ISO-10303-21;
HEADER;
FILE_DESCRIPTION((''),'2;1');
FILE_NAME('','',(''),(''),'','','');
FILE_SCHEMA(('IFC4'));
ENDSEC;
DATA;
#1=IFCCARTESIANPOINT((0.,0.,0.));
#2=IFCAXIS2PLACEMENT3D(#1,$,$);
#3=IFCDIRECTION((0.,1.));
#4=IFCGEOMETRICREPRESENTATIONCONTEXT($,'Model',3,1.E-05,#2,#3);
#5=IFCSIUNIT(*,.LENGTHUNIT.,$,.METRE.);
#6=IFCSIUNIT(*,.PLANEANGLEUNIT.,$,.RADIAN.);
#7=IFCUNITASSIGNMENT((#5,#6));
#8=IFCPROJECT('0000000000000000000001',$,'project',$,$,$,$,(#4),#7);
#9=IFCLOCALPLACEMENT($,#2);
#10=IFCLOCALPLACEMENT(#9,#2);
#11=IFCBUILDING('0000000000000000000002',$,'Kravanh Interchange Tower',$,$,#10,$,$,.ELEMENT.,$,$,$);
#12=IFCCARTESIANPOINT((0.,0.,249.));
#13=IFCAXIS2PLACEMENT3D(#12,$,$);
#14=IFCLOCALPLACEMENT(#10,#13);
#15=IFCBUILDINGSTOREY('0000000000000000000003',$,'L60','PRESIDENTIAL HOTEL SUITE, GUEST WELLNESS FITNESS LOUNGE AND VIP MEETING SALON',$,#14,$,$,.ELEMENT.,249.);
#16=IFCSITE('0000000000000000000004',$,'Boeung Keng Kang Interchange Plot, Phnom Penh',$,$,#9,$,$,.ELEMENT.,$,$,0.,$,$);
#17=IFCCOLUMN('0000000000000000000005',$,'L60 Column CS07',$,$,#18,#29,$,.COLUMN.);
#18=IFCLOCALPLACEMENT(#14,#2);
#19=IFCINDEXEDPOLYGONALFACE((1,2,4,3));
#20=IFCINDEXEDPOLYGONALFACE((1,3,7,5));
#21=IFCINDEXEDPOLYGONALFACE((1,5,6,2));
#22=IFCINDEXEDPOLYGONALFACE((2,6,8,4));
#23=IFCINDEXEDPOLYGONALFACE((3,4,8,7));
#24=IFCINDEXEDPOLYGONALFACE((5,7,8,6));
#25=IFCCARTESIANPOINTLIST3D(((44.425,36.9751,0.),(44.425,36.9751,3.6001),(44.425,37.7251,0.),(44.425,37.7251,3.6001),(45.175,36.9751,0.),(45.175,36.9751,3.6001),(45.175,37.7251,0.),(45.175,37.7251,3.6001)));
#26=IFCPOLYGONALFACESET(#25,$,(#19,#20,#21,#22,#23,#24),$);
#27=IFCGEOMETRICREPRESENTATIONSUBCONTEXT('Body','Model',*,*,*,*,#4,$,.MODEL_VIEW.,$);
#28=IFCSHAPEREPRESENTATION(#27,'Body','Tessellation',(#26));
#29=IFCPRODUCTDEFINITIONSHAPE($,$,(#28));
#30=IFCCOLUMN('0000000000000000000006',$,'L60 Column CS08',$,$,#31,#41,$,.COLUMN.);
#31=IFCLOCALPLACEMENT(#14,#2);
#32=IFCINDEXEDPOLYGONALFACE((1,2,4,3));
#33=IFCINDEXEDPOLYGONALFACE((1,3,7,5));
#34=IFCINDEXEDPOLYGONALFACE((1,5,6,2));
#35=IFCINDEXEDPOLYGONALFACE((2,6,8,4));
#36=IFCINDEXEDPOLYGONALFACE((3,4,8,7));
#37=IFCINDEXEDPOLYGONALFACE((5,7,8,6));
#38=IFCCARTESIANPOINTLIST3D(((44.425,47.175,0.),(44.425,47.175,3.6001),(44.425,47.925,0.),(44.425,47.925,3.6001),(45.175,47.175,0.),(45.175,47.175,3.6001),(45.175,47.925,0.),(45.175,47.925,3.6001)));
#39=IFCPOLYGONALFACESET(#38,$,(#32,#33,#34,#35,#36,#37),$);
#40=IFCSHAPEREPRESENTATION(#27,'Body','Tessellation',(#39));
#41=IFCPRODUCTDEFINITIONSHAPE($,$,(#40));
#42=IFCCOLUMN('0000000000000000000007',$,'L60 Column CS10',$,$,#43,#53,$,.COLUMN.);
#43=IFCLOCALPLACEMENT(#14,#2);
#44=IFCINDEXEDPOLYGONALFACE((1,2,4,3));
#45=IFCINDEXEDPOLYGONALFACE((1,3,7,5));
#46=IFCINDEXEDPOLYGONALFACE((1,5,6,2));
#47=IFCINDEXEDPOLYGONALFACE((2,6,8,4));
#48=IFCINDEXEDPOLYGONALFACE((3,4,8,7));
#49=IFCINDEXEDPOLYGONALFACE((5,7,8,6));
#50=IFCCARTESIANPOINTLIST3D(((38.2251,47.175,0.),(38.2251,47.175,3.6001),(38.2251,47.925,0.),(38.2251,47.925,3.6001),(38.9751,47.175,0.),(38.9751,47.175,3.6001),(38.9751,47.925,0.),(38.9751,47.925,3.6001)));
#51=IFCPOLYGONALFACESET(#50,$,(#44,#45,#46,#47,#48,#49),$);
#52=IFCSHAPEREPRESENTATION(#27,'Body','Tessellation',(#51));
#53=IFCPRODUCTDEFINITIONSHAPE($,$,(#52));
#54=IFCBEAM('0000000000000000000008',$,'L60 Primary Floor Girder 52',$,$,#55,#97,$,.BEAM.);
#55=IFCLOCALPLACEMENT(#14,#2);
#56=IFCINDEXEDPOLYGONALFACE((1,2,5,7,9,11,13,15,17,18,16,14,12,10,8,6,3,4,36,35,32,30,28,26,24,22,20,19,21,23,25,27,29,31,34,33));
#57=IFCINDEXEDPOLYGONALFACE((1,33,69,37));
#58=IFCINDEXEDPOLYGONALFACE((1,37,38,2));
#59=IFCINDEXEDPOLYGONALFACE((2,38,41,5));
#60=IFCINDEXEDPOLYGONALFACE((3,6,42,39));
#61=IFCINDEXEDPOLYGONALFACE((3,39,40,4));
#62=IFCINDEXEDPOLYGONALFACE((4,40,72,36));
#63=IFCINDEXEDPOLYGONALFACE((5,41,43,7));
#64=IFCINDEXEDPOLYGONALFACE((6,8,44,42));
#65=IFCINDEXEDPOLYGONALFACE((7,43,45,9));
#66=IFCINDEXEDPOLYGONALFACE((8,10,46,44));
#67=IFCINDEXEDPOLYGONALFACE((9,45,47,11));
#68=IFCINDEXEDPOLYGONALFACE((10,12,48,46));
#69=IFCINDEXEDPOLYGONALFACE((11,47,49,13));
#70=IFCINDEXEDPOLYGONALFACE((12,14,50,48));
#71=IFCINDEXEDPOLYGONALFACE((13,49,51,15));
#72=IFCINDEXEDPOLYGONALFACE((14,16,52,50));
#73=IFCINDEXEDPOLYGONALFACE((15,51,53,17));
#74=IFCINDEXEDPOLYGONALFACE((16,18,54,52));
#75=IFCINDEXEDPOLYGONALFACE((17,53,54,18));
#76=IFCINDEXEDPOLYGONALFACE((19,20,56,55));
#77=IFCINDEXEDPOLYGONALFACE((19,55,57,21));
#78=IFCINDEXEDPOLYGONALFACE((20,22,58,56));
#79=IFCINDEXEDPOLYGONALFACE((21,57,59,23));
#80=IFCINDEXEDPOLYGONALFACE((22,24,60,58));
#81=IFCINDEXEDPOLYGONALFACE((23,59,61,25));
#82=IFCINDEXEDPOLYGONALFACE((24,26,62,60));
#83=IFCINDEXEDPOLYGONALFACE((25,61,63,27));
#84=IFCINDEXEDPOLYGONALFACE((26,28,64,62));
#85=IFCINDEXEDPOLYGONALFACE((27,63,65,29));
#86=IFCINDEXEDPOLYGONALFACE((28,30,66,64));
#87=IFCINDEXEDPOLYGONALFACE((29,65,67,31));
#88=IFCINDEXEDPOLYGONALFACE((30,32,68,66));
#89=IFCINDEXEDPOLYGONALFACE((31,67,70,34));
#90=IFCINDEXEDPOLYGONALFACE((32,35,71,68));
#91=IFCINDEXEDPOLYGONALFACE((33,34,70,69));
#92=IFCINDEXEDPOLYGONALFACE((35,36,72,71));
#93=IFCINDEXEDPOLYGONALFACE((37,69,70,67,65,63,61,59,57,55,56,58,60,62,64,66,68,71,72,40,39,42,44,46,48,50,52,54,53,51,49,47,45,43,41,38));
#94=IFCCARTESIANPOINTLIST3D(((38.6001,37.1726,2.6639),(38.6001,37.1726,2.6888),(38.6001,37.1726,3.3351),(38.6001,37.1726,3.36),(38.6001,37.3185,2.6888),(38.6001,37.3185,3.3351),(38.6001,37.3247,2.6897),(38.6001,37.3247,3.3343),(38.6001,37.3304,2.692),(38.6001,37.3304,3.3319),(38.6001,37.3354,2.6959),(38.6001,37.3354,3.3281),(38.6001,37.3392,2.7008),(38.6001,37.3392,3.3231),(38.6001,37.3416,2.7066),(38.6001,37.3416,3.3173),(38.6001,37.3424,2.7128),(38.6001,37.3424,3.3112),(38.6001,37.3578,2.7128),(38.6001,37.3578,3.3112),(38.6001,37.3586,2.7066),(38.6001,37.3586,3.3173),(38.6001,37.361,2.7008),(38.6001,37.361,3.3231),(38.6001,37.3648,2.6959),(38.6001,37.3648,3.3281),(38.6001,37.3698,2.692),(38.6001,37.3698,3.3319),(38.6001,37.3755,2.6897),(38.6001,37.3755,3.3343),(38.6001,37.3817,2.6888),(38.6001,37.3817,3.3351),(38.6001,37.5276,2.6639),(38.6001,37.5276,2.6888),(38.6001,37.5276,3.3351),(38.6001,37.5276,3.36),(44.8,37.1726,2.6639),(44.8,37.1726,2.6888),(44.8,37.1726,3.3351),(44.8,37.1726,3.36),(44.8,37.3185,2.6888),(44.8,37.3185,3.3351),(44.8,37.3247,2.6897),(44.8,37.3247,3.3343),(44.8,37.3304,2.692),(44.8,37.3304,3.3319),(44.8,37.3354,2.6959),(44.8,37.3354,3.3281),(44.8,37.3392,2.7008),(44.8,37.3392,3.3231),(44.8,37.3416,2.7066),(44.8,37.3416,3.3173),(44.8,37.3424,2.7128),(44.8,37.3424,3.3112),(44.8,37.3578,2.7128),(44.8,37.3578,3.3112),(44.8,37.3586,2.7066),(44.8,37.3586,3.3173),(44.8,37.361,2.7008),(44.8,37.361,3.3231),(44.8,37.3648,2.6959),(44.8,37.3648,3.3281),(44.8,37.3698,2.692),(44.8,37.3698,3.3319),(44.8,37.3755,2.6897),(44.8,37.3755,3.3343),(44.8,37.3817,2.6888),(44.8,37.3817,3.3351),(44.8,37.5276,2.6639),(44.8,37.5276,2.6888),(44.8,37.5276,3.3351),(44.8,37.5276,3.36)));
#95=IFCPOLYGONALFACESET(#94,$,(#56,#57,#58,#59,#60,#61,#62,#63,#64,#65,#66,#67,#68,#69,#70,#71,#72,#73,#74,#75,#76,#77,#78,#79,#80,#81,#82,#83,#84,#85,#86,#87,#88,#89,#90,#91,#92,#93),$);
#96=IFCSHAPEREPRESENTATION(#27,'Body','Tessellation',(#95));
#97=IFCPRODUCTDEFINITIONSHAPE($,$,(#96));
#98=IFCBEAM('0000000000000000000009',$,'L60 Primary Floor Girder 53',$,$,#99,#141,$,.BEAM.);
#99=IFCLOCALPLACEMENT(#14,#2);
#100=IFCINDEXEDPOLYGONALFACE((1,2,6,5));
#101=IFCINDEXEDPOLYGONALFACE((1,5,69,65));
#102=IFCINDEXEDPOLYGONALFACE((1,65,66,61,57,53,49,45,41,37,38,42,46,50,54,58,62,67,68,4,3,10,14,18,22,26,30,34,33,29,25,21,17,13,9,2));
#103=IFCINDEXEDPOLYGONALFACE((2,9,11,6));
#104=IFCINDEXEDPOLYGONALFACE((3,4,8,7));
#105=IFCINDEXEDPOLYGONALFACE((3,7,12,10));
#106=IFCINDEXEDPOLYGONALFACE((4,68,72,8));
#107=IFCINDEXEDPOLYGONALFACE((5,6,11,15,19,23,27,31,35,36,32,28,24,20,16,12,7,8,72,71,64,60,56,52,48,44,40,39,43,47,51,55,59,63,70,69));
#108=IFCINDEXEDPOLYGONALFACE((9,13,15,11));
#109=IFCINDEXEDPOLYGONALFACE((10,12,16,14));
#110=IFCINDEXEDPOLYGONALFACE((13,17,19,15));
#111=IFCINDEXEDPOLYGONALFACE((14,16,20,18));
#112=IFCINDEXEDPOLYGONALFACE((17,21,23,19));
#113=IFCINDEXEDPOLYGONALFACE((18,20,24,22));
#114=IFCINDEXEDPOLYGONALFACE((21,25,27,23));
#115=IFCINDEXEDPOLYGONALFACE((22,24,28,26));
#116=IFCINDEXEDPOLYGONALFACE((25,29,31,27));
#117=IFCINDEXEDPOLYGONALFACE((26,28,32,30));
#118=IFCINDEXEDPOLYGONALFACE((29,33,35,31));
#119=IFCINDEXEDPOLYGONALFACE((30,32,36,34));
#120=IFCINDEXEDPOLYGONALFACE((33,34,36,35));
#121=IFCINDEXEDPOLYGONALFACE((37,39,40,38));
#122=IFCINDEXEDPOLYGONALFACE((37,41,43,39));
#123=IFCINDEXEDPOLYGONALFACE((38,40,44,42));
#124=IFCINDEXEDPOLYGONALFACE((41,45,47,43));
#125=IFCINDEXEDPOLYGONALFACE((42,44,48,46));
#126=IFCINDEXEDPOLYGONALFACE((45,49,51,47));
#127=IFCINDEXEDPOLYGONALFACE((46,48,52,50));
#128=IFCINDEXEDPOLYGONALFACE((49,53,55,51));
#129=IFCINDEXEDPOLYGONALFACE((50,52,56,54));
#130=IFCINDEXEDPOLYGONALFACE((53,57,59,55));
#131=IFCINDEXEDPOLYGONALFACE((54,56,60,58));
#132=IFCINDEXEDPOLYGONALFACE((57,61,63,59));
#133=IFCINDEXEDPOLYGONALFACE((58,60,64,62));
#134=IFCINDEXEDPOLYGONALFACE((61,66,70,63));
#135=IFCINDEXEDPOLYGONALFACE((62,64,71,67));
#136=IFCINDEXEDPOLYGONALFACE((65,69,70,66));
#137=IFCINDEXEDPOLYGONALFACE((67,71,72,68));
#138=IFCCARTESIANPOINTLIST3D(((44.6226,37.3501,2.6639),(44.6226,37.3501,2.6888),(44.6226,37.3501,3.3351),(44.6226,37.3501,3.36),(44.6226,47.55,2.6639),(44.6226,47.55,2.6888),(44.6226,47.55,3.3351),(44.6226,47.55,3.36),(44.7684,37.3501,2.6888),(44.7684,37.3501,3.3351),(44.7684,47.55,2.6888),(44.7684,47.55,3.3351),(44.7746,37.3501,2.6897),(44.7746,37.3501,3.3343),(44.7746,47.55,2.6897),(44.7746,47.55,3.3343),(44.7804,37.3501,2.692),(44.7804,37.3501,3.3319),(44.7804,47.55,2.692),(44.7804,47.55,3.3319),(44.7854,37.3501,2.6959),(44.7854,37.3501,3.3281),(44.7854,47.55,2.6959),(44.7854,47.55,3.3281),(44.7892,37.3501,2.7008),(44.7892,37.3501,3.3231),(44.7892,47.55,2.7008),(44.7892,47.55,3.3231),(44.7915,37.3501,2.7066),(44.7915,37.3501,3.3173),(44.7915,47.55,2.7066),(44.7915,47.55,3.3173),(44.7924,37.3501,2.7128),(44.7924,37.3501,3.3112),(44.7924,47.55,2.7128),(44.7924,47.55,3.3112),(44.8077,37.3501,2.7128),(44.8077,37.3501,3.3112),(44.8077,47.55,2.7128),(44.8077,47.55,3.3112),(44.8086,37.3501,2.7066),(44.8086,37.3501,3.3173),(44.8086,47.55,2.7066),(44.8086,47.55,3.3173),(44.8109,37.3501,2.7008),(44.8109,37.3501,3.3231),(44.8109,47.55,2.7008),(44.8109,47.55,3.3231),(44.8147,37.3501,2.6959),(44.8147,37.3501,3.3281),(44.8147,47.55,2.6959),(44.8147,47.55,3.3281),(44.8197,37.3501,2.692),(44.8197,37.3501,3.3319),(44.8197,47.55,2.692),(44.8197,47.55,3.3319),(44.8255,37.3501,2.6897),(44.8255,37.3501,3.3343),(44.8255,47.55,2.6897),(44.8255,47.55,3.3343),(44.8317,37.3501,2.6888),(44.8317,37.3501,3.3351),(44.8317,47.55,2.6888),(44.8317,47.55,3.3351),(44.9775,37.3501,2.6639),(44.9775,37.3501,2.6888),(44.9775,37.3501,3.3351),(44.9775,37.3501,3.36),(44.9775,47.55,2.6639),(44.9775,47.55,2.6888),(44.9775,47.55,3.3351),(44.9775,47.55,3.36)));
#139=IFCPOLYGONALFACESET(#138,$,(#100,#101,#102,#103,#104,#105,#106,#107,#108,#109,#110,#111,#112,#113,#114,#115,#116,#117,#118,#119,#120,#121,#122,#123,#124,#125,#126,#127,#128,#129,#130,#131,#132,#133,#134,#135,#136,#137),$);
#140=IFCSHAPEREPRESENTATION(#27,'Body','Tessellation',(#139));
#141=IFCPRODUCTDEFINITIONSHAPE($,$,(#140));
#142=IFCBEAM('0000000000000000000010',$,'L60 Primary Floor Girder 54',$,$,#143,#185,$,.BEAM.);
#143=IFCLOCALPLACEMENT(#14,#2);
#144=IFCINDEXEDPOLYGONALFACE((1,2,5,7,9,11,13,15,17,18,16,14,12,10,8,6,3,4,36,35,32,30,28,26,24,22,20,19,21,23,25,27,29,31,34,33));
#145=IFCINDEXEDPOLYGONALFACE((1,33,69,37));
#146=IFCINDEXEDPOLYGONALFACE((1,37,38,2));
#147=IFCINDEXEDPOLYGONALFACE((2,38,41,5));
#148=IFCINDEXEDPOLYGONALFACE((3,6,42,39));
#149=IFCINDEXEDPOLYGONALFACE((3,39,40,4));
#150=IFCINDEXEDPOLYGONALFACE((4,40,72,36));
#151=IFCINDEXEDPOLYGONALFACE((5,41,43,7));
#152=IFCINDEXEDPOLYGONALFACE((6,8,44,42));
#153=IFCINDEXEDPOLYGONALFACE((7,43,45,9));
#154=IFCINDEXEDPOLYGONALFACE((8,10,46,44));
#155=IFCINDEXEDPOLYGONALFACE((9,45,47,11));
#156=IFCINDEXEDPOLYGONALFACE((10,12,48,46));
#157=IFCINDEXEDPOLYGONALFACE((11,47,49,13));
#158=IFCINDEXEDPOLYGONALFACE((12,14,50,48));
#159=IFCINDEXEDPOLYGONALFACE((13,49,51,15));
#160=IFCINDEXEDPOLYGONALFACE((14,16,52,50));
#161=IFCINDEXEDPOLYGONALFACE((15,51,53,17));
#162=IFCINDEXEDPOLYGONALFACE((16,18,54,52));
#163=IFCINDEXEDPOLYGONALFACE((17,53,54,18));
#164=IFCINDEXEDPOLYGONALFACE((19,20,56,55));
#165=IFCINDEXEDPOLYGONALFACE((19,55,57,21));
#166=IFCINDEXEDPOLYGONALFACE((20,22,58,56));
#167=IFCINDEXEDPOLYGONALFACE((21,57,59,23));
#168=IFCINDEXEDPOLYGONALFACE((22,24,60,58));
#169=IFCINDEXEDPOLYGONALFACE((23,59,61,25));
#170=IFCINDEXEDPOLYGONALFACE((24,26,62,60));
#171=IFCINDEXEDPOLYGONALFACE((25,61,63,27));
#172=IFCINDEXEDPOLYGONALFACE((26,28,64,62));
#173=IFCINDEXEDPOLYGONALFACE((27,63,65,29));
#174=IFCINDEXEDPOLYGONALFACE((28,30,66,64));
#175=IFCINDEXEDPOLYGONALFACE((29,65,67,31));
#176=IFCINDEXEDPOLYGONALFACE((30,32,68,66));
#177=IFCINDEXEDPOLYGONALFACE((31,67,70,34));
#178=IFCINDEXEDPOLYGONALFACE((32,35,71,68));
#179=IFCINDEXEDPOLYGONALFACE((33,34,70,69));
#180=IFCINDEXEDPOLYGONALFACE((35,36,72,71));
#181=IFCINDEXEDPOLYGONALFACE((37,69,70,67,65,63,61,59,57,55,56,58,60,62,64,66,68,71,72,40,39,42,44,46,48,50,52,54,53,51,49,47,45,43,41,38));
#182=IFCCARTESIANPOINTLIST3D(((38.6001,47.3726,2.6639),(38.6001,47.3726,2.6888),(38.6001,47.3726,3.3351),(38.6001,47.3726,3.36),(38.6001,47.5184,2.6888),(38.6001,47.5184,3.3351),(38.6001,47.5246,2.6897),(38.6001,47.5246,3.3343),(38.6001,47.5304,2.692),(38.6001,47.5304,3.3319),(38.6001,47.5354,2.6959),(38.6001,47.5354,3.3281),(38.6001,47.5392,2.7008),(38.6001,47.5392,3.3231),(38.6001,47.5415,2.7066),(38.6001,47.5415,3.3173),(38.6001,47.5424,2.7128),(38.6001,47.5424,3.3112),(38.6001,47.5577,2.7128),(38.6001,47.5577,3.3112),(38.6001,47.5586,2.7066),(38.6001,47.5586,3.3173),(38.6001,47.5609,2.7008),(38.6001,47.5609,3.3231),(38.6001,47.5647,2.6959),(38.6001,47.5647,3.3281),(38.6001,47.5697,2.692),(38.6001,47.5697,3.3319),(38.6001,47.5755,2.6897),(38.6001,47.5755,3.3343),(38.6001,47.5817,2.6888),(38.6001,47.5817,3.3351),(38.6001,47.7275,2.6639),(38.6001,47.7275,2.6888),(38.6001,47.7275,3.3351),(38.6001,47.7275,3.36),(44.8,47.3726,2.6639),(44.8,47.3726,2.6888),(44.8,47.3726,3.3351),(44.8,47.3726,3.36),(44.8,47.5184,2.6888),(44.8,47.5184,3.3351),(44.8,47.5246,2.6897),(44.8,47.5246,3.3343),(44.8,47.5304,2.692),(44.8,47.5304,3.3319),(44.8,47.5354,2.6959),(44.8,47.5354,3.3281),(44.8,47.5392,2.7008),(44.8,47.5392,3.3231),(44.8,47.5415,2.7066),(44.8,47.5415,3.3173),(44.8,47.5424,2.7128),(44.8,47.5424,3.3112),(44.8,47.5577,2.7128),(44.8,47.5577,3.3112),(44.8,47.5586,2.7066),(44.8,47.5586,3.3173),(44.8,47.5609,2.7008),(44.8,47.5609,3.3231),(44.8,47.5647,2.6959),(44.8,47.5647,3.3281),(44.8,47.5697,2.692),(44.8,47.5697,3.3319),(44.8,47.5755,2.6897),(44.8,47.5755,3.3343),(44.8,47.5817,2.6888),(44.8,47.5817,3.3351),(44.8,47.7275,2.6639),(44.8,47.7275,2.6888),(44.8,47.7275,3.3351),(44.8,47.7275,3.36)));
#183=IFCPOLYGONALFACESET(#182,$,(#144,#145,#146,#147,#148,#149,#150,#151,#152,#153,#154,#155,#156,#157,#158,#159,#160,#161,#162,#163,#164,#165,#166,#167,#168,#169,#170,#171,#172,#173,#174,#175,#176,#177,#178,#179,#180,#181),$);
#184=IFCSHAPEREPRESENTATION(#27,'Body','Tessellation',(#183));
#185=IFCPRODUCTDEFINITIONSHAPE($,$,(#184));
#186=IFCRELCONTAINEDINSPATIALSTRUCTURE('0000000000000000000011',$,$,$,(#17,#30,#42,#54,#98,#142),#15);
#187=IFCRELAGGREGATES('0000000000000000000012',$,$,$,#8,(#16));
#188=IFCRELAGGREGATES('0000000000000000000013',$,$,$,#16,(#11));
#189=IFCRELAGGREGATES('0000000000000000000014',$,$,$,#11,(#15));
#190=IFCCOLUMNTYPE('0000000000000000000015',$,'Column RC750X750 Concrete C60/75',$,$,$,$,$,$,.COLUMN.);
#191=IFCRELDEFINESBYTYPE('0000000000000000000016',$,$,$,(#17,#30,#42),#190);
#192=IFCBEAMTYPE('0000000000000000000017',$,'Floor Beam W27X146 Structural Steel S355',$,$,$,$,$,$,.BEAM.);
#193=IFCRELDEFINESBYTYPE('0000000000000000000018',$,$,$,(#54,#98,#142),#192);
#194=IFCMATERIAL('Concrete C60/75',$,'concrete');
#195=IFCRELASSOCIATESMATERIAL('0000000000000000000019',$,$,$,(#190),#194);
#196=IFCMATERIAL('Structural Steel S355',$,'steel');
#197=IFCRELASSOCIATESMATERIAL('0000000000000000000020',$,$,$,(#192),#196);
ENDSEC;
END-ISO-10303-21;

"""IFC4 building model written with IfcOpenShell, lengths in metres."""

from ifc_helpers import new_model, si_unit, direction, frame, origin, origin_2d, place, context, subcontext, project, spatial, rectangle, i_section, extrude, material, material_profile, profile_set, type_object, element, save


model = new_model("IFC4")

# Units and contexts
model_context = context("Model", 3, precision=1e-05, world=origin(), true_north=direction((0.0, 1.0)))
body_context = subcontext(model_context, "Body", "Model", "MODEL_VIEW")
ifc_project = project(units=[si_unit("LENGTHUNIT", "METRE"), si_unit("PLANEANGLEUNIT", "RADIAN")], contexts=[model_context])

# Site, building, storey
site_placement = place(None, origin())
site = spatial("IfcSite", under=ifc_project, at=site_placement, Name="Boeung Keng Kang Interchange Plot, Phnom Penh", CompositionType="ELEMENT", RefElevation=0.0)
building_placement = place(site_placement, origin())
building = spatial("IfcBuilding", under=site, at=building_placement, Name="Kravanh Interchange Tower", CompositionType="ELEMENT")
storey_placement = place(building_placement, frame((0.0, 0.0, 249.0)))
storey = spatial("IfcBuildingStorey", under=building, at=storey_placement, Name="L60", Description="PRESIDENTIAL HOTEL SUITE, GUEST WELLNESS FITNESS LOUNGE AND VIP MEETING SALON", CompositionType="ELEMENT", Elevation=249.0)

# Columns
ifc_material_1 = material(Name="Concrete C60/75", Category="concrete")
ifc_material_profile_1 = material_profile(ifc_material_1, rectangle(XDim=0.75, YDim=0.75, at=origin_2d()), Name="RC750X750")
ifc_profile_set_1 = profile_set([ifc_material_profile_1], Name="Concrete C60/75")
column_type = type_object("IfcColumnType", Name="Column RC750X750 Concrete C60/75", PredefinedType="COLUMN", material=ifc_profile_set_1)
for number, where, z_axis, x_axis, name in (
    (1, (44.8, 37.3501, 0.0), (0.0, 0.0, 1.0), (1.0, 0.0, 0.0), "L60 Column CS07"),
    (2, (44.8, 47.55, 0.0), (0.0, 0.0, 1.0), (1.0, 0.0, 0.0), "L60 Column CS08"),
    (3, (38.6001, 47.55, 0.0), (0.0, 0.0, 1.0), (1.0, 0.0, 0.0), "L60 Column CS10"),
):
    element("IfcColumn", number, at=place(storey_placement, frame(where, z_axis=z_axis, x_axis=x_axis)), inside=storey, type_object=column_type, Name=name, PredefinedType="COLUMN", context=body_context, shape_type="SweptSolid", body=[
        extrude(rectangle(XDim=0.75, YDim=0.75, at=origin_2d()), origin(), (0.0, 0.0, 1.0), 3.6001),
    ])

# Beams
ifc_material_2 = material(Name="Structural Steel S355", Category="steel")
ifc_material_profile_2 = material_profile(ifc_material_2, i_section(OverallWidth=0.355, OverallDepth=0.696, WebThickness=0.0154, FlangeThickness=0.0249, FilletRadius=0.0239, at=origin_2d()), Name="W27X146")
ifc_profile_set_2 = profile_set([ifc_material_profile_2], Name="Structural Steel S355")
beam_type = type_object("IfcBeamType", Name="Floor Beam W27X146 Structural Steel S355", PredefinedType="BEAM", material=ifc_profile_set_2)
beam_1_placement = place(storey_placement, frame((44.8, 37.3501, 3.012), z_axis=(-1.0, 0.0, 0.0), x_axis=(0.0, -1.0, 0.0)))
element("IfcBeam", 4, at=beam_1_placement, inside=storey, type_object=beam_type, Name="L60 Primary Floor Girder 52", PredefinedType="BEAM", context=body_context, shape_type="SweptSolid", body=[
    extrude(i_section(OverallWidth=0.355, OverallDepth=0.696, WebThickness=0.0154, FlangeThickness=0.0249, FilletRadius=0.0239, at=origin_2d()), origin(), (0.0, 0.0, 1.0), 6.2),
])
beam_2_placement = place(storey_placement, frame((44.8, 37.3501, 3.012), z_axis=(0.0, 1.0, 0.0), x_axis=(-1.0, 0.0, 0.0)))
element("IfcBeam", 5, at=beam_2_placement, inside=storey, type_object=beam_type, Name="L60 Primary Floor Girder 53", PredefinedType="BEAM", context=body_context, shape_type="SweptSolid", body=[
    extrude(i_section(OverallWidth=0.355, OverallDepth=0.696, WebThickness=0.0154, FlangeThickness=0.0249, FilletRadius=0.0239, at=origin_2d()), origin(), (0.0, 0.0, 1.0), 10.2),
])
beam_3_placement = place(storey_placement, frame((44.8, 47.55, 3.012), z_axis=(-1.0, 0.0, 0.0), x_axis=(0.0, -1.0, 0.0)))
element("IfcBeam", 6, at=beam_3_placement, inside=storey, type_object=beam_type, Name="L60 Primary Floor Girder 54", PredefinedType="BEAM", context=body_context, shape_type="SweptSolid", body=[
    extrude(i_section(OverallWidth=0.355, OverallDepth=0.696, WebThickness=0.0154, FlangeThickness=0.0249, FilletRadius=0.0239, at=origin_2d()), origin(), (0.0, 0.0, 1.0), 6.2),
])

save(model, "model.ifc")
